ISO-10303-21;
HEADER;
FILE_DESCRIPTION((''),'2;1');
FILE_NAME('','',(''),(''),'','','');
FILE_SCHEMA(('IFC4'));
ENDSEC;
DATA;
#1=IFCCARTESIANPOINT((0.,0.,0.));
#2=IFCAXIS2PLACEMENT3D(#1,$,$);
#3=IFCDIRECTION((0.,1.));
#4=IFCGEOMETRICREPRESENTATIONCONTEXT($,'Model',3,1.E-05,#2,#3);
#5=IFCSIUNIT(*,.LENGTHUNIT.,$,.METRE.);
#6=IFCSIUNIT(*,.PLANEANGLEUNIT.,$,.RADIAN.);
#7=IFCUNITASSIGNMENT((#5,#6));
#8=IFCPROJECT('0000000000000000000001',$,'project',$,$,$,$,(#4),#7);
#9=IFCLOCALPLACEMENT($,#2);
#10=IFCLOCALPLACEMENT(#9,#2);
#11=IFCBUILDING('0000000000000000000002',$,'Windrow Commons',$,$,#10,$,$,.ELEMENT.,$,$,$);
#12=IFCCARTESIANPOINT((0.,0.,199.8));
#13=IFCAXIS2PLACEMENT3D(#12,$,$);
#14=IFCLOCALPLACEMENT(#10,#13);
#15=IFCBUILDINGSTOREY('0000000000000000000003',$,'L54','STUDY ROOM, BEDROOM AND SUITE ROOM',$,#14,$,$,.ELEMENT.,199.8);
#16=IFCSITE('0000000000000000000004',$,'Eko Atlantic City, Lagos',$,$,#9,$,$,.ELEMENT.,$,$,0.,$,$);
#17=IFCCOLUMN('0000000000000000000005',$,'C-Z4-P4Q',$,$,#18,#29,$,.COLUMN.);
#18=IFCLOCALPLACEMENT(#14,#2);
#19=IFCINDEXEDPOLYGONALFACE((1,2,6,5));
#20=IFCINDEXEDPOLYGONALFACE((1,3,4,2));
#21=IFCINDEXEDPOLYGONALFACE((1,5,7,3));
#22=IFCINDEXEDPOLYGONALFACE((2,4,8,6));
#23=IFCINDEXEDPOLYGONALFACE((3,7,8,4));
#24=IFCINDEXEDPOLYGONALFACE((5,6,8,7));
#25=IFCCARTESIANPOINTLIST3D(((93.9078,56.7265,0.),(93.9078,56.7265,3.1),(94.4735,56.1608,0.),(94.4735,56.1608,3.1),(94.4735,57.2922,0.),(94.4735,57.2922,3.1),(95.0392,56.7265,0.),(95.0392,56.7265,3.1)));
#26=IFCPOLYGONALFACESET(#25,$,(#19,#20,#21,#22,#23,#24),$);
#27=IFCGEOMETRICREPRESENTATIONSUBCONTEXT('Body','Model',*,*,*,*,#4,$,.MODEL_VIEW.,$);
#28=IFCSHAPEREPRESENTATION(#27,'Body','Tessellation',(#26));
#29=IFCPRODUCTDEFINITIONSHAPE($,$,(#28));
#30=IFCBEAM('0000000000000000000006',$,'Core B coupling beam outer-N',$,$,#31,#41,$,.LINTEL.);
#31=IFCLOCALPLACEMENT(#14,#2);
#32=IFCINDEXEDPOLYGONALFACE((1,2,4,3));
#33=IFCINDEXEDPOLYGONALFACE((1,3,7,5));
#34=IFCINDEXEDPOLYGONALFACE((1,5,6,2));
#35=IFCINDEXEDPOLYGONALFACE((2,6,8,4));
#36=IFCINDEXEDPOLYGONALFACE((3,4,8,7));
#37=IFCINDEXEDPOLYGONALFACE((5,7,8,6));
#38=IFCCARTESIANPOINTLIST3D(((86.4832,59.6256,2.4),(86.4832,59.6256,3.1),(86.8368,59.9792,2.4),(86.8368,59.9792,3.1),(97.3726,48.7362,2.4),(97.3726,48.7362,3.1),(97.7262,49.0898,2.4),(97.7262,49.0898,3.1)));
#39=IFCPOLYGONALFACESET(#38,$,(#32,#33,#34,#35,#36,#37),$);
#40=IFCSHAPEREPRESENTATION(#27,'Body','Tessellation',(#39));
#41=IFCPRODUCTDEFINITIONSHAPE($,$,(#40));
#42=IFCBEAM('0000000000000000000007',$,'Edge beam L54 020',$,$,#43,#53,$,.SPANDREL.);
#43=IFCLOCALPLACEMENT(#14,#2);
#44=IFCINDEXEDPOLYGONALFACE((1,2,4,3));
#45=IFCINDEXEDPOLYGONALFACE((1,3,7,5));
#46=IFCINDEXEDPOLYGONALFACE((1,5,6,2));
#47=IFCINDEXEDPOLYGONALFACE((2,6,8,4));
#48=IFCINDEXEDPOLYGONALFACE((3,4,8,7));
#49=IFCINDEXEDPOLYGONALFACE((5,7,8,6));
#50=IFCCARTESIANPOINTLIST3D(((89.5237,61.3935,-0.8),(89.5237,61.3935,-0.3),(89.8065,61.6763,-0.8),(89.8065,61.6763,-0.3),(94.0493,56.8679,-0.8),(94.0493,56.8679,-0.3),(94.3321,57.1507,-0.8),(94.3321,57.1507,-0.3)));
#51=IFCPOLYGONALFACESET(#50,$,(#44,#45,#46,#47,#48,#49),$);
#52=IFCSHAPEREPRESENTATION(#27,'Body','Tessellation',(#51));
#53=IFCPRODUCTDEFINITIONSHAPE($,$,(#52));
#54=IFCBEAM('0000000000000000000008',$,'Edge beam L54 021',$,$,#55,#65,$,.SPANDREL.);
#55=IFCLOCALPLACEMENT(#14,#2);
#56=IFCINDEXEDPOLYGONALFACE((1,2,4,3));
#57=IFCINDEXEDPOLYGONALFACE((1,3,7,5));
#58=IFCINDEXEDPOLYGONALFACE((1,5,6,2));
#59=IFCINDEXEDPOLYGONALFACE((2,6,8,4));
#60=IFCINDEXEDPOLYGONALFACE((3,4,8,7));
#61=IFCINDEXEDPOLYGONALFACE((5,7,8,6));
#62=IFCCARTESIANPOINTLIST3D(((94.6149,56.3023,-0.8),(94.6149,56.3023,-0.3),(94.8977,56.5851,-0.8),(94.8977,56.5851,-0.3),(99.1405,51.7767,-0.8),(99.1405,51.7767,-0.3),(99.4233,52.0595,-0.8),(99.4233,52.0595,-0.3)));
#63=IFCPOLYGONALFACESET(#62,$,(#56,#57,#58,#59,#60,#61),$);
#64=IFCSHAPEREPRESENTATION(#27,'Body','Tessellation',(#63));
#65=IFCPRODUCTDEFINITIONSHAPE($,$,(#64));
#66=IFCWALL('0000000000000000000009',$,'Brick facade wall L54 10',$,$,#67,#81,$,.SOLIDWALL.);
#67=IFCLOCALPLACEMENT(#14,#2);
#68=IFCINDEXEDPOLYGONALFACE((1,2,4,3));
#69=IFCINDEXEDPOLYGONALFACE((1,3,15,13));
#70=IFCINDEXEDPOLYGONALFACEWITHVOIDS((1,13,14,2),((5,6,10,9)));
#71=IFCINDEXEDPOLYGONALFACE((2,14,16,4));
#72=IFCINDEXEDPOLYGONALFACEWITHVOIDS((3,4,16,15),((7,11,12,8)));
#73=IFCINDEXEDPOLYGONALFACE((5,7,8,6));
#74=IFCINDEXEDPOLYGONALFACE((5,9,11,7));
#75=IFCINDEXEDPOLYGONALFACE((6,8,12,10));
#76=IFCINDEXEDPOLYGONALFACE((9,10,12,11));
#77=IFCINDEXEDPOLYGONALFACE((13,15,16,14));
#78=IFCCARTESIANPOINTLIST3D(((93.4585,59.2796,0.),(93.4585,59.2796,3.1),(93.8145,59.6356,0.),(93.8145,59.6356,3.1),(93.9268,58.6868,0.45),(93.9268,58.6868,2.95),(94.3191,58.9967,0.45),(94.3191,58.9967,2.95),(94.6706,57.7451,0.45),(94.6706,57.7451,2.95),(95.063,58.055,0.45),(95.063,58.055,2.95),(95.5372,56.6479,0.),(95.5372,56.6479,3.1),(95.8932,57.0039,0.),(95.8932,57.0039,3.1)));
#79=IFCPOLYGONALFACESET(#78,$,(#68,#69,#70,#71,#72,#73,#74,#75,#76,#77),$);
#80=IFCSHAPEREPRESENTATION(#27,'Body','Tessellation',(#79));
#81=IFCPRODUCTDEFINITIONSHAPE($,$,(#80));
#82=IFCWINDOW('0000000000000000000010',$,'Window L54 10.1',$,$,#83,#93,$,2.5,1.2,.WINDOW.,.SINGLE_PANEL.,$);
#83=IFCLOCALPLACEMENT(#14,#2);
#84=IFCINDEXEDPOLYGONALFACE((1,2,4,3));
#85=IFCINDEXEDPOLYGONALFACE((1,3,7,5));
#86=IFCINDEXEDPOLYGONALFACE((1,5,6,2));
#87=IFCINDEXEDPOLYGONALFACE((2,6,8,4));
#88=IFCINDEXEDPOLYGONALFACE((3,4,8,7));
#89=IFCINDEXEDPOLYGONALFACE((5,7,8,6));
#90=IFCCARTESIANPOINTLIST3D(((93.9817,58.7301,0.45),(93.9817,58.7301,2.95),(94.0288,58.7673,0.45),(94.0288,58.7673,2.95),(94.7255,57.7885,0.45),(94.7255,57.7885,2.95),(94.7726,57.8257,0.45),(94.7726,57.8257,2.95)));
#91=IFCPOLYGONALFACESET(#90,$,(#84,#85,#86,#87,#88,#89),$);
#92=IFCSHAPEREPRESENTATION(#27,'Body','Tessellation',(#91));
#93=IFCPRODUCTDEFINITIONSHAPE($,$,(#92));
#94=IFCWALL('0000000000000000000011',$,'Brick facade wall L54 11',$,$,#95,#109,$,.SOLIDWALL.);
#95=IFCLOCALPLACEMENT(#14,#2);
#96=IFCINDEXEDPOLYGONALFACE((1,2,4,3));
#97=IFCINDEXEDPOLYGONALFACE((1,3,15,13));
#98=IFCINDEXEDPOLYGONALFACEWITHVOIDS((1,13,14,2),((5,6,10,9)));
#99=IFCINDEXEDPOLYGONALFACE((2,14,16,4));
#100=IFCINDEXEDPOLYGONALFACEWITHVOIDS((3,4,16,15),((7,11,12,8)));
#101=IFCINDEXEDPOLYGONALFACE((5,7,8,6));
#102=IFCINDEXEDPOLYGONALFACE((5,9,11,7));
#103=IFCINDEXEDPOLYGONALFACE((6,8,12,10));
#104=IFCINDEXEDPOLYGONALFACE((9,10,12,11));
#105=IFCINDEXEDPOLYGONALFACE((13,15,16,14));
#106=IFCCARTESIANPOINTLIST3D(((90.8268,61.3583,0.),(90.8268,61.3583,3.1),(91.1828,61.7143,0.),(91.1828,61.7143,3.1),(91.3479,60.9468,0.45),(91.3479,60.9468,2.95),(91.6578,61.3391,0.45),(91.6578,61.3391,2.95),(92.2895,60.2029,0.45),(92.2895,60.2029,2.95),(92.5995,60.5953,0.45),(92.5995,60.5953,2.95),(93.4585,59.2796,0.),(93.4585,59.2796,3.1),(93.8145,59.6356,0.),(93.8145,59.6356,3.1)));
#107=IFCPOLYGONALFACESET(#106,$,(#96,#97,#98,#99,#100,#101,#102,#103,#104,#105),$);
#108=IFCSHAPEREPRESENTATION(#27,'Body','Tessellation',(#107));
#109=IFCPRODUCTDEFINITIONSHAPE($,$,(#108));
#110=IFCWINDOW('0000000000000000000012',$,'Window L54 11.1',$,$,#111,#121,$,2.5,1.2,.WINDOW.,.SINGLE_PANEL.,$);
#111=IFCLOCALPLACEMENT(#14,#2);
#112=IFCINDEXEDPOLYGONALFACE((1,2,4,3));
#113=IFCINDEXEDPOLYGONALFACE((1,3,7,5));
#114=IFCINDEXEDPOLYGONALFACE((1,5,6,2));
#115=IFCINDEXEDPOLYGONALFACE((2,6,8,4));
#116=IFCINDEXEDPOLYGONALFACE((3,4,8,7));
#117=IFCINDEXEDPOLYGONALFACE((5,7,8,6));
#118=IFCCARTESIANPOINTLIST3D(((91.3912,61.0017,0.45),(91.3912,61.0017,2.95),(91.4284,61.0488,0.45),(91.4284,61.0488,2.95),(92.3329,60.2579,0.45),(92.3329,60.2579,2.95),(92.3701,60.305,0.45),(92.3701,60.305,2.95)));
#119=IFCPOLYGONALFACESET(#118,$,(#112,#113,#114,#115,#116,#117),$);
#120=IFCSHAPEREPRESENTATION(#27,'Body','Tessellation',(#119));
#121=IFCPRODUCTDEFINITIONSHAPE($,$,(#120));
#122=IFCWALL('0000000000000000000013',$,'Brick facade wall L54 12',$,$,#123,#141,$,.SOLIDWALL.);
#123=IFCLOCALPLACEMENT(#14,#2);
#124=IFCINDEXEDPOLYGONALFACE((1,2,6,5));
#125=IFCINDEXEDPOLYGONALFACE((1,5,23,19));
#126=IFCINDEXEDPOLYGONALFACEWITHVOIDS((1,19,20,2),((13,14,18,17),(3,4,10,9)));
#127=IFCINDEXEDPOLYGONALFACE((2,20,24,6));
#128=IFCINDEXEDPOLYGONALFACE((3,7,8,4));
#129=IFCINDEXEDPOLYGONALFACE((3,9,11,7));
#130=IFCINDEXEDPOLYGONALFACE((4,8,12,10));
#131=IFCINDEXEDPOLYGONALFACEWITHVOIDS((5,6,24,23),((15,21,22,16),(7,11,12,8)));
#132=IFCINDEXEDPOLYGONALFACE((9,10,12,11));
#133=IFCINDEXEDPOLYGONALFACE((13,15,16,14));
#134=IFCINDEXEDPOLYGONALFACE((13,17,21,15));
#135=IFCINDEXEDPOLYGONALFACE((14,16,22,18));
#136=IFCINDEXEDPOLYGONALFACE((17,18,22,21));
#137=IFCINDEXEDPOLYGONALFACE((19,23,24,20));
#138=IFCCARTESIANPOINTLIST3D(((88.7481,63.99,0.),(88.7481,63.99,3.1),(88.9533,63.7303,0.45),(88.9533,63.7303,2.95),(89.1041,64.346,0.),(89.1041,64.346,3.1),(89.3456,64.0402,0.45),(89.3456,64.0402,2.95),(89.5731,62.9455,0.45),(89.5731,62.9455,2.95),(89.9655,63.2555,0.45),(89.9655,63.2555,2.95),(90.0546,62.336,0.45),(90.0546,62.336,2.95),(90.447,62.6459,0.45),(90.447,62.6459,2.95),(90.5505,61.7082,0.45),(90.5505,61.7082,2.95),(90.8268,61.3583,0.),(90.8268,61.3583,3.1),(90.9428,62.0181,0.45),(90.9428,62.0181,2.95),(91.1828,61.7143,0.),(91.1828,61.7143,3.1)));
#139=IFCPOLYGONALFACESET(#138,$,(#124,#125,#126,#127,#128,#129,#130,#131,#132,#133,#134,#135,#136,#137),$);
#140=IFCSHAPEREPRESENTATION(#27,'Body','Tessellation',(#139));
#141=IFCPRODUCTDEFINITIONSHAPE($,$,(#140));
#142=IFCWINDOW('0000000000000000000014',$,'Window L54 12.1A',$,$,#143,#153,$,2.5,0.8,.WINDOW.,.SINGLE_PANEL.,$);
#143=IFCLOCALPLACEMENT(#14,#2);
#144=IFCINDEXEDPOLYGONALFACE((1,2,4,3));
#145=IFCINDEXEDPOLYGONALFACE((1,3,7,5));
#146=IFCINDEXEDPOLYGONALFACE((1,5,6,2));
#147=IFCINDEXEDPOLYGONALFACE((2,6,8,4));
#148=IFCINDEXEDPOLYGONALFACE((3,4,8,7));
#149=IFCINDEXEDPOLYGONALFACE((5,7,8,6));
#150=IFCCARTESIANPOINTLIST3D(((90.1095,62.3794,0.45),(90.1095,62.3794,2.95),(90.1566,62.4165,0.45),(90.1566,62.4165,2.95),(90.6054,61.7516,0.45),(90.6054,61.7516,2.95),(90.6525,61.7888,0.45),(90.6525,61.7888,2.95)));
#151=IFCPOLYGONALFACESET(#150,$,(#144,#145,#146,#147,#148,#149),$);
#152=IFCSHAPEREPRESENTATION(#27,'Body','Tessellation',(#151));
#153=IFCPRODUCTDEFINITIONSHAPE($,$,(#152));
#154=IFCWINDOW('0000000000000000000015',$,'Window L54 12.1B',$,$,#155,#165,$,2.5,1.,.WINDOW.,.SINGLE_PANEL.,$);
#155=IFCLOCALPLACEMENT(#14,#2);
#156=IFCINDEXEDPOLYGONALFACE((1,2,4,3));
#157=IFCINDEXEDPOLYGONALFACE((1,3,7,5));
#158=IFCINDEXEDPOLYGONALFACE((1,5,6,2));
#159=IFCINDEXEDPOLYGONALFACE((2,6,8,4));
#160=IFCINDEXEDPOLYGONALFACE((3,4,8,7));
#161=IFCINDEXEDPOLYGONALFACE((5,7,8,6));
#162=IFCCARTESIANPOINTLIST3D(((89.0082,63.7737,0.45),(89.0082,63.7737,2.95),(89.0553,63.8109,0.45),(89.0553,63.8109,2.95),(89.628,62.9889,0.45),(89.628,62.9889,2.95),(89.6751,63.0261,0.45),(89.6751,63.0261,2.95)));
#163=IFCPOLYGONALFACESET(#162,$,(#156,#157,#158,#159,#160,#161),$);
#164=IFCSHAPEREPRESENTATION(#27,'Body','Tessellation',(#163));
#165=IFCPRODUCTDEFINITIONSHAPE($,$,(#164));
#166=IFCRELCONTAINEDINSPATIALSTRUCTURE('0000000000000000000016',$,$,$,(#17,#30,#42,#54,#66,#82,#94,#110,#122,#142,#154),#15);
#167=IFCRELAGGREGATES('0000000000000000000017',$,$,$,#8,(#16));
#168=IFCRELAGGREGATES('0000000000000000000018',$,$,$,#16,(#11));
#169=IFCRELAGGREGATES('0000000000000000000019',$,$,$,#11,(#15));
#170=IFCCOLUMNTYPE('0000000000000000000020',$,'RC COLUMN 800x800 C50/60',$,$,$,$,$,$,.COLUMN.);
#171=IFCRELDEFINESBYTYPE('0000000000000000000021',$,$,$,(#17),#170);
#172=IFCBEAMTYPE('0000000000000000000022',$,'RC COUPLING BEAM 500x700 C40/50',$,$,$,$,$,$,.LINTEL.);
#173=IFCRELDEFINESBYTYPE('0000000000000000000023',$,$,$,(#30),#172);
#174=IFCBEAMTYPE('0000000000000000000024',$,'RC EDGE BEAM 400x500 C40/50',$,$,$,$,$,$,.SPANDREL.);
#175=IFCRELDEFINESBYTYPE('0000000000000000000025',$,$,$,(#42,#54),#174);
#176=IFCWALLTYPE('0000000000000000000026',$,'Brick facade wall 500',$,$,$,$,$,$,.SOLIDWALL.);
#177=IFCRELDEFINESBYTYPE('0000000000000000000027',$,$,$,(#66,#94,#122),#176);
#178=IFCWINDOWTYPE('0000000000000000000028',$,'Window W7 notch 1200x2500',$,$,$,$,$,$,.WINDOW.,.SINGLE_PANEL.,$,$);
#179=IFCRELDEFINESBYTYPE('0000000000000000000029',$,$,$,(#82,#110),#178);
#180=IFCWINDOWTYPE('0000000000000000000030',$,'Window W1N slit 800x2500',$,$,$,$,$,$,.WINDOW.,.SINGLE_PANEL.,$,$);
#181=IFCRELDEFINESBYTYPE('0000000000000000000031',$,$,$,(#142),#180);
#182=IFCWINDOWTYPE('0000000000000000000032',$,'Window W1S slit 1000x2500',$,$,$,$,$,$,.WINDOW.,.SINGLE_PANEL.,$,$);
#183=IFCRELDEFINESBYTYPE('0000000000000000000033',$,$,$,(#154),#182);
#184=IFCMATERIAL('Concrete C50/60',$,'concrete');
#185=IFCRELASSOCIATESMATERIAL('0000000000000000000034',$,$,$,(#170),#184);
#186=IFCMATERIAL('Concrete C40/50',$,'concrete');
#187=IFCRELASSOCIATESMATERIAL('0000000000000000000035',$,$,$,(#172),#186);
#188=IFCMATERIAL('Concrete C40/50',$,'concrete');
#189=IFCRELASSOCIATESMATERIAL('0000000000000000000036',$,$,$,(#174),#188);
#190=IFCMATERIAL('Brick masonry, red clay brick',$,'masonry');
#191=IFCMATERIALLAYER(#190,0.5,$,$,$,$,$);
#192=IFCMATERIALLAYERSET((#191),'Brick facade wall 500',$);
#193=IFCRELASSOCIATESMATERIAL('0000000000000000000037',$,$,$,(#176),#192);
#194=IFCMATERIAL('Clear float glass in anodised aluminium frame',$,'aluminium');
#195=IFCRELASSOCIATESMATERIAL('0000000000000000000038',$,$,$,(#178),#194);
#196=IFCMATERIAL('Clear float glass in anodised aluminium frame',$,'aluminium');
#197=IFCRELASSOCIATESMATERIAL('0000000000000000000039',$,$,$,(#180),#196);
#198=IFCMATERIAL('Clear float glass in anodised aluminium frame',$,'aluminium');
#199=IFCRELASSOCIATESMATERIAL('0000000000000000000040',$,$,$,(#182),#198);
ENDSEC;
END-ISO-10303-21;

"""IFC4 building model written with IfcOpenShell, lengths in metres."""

from ifc_helpers import new_model, si_unit, direction, frame, frame_2d, origin, origin_2d, place, context, subcontext, project, spatial, polyline, rectangle, outline, extrude, material, layer, layer_set, material_profile, profile_set, type_object, element, fill, save


model = new_model("IFC4")

# Units and contexts
model_context = context("Model", 3, precision=1e-05, world=origin(), true_north=direction((0.0, 1.0)))
body_context = subcontext(model_context, "Body", "Model", "MODEL_VIEW")
ifc_project = project(units=[si_unit("LENGTHUNIT", "METRE"), si_unit("PLANEANGLEUNIT", "RADIAN")], contexts=[model_context])

# Site, building, storey
site_placement = place(None, origin())
site = spatial("IfcSite", under=ifc_project, at=site_placement, Name="Eko Atlantic City, Lagos", CompositionType="ELEMENT", RefElevation=0.0)
building_placement = place(site_placement, origin())
building = spatial("IfcBuilding", under=site, at=building_placement, Name="Windrow Commons", CompositionType="ELEMENT")
storey_placement = place(building_placement, frame((0.0, 0.0, 199.8)))
storey = spatial("IfcBuildingStorey", under=building, at=storey_placement, Name="L54", Description="STUDY ROOM, BEDROOM AND SUITE ROOM", CompositionType="ELEMENT", Elevation=199.8)

# Column
ifc_material_1 = material(Name="Concrete C50/60", Category="concrete")
ifc_material_profile_1 = material_profile(ifc_material_1, rectangle(XDim=0.8, YDim=0.8, at=origin_2d()))
ifc_profile_set_1 = profile_set([ifc_material_profile_1], Name="Concrete C50/60")
column_type = type_object("IfcColumnType", Name="RC COLUMN 800x800 C50/60", PredefinedType="COLUMN", material=ifc_profile_set_1)
column_placement = place(storey_placement, frame((94.4735, 56.7265, 0.0), z_axis=(0.0, 0.0, 1.0), x_axis=(0.707107, -0.707107, 0.0)))
element("IfcColumn", 1, at=column_placement, inside=storey, type_object=column_type, Name="C-Z4-P4Q", PredefinedType="COLUMN", context=body_context, shape_type="SweptSolid", body=[
    extrude(rectangle(XDim=0.8, YDim=0.8, at=origin_2d()), origin(), (0.0, 0.0, 1.0), 3.1),
])

# Beams
ifc_material_2 = material(Name="Concrete C40/50", Category="concrete")
ifc_material_profile_2 = material_profile(ifc_material_2, rectangle(XDim=0.5, YDim=0.7, at=origin_2d()))
ifc_profile_set_2 = profile_set([ifc_material_profile_2], Name="Concrete C40/50")
beam_type_1 = type_object("IfcBeamType", Name="RC COUPLING BEAM 500x700 C40/50", PredefinedType="LINTEL", material=ifc_profile_set_2)
beam_placement = place(storey_placement, frame((86.66, 59.8024, 2.75), z_axis=(0.707107, -0.707107, 0.0), x_axis=(0.707107, 0.707107, 0.0)))
element("IfcBeam", 2, at=beam_placement, inside=storey, type_object=beam_type_1, Name="Core B coupling beam outer-N", PredefinedType="LINTEL", context=body_context, shape_type="SweptSolid", body=[
    extrude(rectangle(XDim=0.5, YDim=0.7, at=origin_2d()), origin(), (0.0, 0.0, 1.0), 15.3999),
])
ifc_material_3 = material(Name="Concrete C40/50", Category="concrete")
ifc_material_profile_3 = material_profile(ifc_material_3, rectangle(XDim=0.4, YDim=0.5, at=origin_2d()))
ifc_profile_set_3 = profile_set([ifc_material_profile_3], Name="Concrete C40/50")
beam_type_2 = type_object("IfcBeamType", Name="RC EDGE BEAM 400x500 C40/50", PredefinedType="SPANDREL", material=ifc_profile_set_3)
for number, where, z_axis, x_axis, name in (
    (3, (89.6651, 61.5349, -0.55), (0.707107, -0.707107, 0.0), (0.707107, 0.707107, 0.0), "Edge beam L54 020"),
    (4, (94.7563, 56.4437, -0.55), (0.707107, -0.707107, 0.0), (0.707107, 0.707107, 0.0), "Edge beam L54 021"),
):
    element("IfcBeam", number, at=place(storey_placement, frame(where, z_axis=z_axis, x_axis=x_axis)), inside=storey, type_object=beam_type_2, Name=name, PredefinedType="SPANDREL", context=body_context, shape_type="SweptSolid", body=[
        extrude(rectangle(XDim=0.4, YDim=0.5, at=origin_2d()), origin(), (0.0, 0.0, 1.0), 6.4002),
    ])

# Walls, openings, windows
ifc_material_4 = material(Name="Brick masonry, red clay brick", Category="masonry")
ifc_layer_1 = layer(ifc_material_4, 0.5)
ifc_layer_set_1 = layer_set([ifc_layer_1], Name="Brick facade wall 500")
wall_type_1 = type_object("IfcWallType", Name="Brick facade wall 500", PredefinedType="SOLIDWALL", material=ifc_layer_set_1)
wall_1_placement = place(storey_placement, frame((95.7152, 56.8259, 0.0), z_axis=(0.0, 0.0, 1.0), x_axis=(-0.619836, 0.784732, 0.0)))
wall_1 = element("IfcWall", 5, at=wall_1_placement, inside=storey, type_object=wall_type_1, Name="Brick facade wall L54 10", PredefinedType="SOLIDWALL", context=body_context, shape_type="SweptSolid", body=[
    extrude(outline(polyline([(0.0293, -0.25), (3.383, -0.25), (3.3243, 0.25), (-0.0293, 0.25), (0.0293, -0.25)])), origin(), (0.0, 0.0, 1.0), 3.1),
])
opening_1_placement = place(wall_1_placement, frame((1.3688, 0.0, 0.45)))
opening_1 = element("IfcOpeningElement", 6, at=opening_1_placement, cuts=wall_1, PredefinedType="OPENING", context=body_context, shape_type="SweptSolid", body=[
    extrude(rectangle(XDim=1.2, YDim=2.5, at=frame_2d((0.6, 1.25))), frame((0.0, 0.26, 0.0), z_axis=(0.0, -1.0, 0.0), x_axis=(1.0, 0.0, 0.0)), (0.0, 0.0, 1.0), 0.52),
])
ifc_material_5 = material(Name="Clear float glass in anodised aluminium frame", Category="aluminium")
window_type_1 = type_object("IfcWindowType", Name="Window W7 notch 1200x2500", PartitioningType="SINGLE_PANEL", PredefinedType="WINDOW", material=ifc_material_5)
window_1_placement = place(opening_1_placement, origin())
window_1 = element("IfcWindow", 7, at=window_1_placement, inside=storey, type_object=window_type_1, Name="Window L54 10.1", OverallHeight=2.5, OverallWidth=1.2, PartitioningType="SINGLE_PANEL", PredefinedType="WINDOW", context=body_context, shape_type="SweptSolid", body=[
    extrude(rectangle(XDim=1.2, YDim=2.5, at=frame_2d((0.6, 1.25))), frame((0.0, 0.18, 0.0), z_axis=(0.0, -1.0, 0.0), x_axis=(1.0, 0.0, 0.0)), (0.0, 0.0, 1.0), 0.06),
])
fill(opening_1, window_1)
wall_2_placement = place(storey_placement, frame((93.6365, 59.4576, 0.0), z_axis=(0.0, 0.0, 1.0), x_axis=(-0.784732, 0.619836, 0.0)))
wall_2 = element("IfcWall", 8, at=wall_2_placement, inside=storey, type_object=wall_type_1, Name="Brick facade wall L54 11", PredefinedType="SOLIDWALL", context=body_context, shape_type="SweptSolid", body=[
    extrude(outline(polyline([(-0.0293, -0.25), (3.3243, -0.25), (3.383, 0.25), (0.0293, 0.25), (-0.0293, -0.25)])), origin(), (0.0, 0.0, 1.0), 3.1),
])
opening_2_placement = place(wall_2_placement, frame((1.519, 0.0, 0.45)))
opening_2 = element("IfcOpeningElement", 9, at=opening_2_placement, cuts=wall_2, PredefinedType="OPENING", context=body_context, shape_type="SweptSolid", body=[
    extrude(rectangle(XDim=1.2, YDim=2.5, at=frame_2d((0.6, 1.25))), frame((0.0, 0.26, 0.0), z_axis=(0.0, -1.0, 0.0), x_axis=(1.0, 0.0, 0.0)), (0.0, 0.0, 1.0), 0.52),
])
window_2_placement = place(opening_2_placement, origin())
window_2 = element("IfcWindow", 10, at=window_2_placement, inside=storey, type_object=window_type_1, Name="Window L54 11.1", OverallHeight=2.5, OverallWidth=1.2, PartitioningType="SINGLE_PANEL", PredefinedType="WINDOW", context=body_context, shape_type="SweptSolid", body=[
    extrude(rectangle(XDim=1.2, YDim=2.5, at=frame_2d((0.6, 1.25))), frame((0.0, 0.18, 0.0), z_axis=(0.0, -1.0, 0.0), x_axis=(1.0, 0.0, 0.0)), (0.0, 0.0, 1.0), 0.06),
])
fill(opening_2, window_2)

# Wall, openings, windows
wall_3_placement = place(storey_placement, frame((91.0048, 61.5363, 0.0), z_axis=(0.0, 0.0, 1.0), x_axis=(-0.619836, 0.784732, 0.0)))
wall_3 = element("IfcWall", 11, at=wall_3_placement, inside=storey, type_object=wall_type_1, Name="Brick facade wall L54 12", PredefinedType="SOLIDWALL", context=body_context, shape_type="SweptSolid", body=[
    extrude(outline(polyline([(0.0293, -0.25), (3.383, -0.25), (3.3243, 0.25), (-0.0293, 0.25), (0.0293, -0.25)])), origin(), (0.0, 0.0, 1.0), 3.1),
])
opening_3_placement = place(wall_3_placement, frame((0.4165, 0.0, 0.45)))
opening_3 = element("IfcOpeningElement", 12, at=opening_3_placement, cuts=wall_3, PredefinedType="OPENING", context=body_context, shape_type="SweptSolid", body=[
    extrude(rectangle(XDim=0.8, YDim=2.5, at=frame_2d((0.4, 1.25))), frame((0.0, 0.26, 0.0), z_axis=(0.0, -1.0, 0.0), x_axis=(1.0, 0.0, 0.0)), (0.0, 0.0, 1.0), 0.52),
])
opening_4_placement = place(wall_3_placement, frame((1.9933, 0.0, 0.45)))
opening_4 = element("IfcOpeningElement", 13, at=opening_4_placement, cuts=wall_3, PredefinedType="OPENING", context=body_context, shape_type="SweptSolid", body=[
    extrude(rectangle(XDim=1.0, YDim=2.5, at=frame_2d((0.5, 1.25))), frame((0.0, 0.26, 0.0), z_axis=(0.0, -1.0, 0.0), x_axis=(1.0, 0.0, 0.0)), (0.0, 0.0, 1.0), 0.52),
])
ifc_material_6 = material(Name="Clear float glass in anodised aluminium frame", Category="aluminium")
window_type_2 = type_object("IfcWindowType", Name="Window W1N slit 800x2500", PartitioningType="SINGLE_PANEL", PredefinedType="WINDOW", material=ifc_material_6)
window_3_placement = place(opening_3_placement, origin())
window_3 = element("IfcWindow", 14, at=window_3_placement, inside=storey, type_object=window_type_2, Name="Window L54 12.1A", OverallHeight=2.5, OverallWidth=0.8, PartitioningType="SINGLE_PANEL", PredefinedType="WINDOW", context=body_context, shape_type="SweptSolid", body=[
    extrude(rectangle(XDim=0.8, YDim=2.5, at=frame_2d((0.4, 1.25))), frame((0.0, 0.18, 0.0), z_axis=(0.0, -1.0, 0.0), x_axis=(1.0, 0.0, 0.0)), (0.0, 0.0, 1.0), 0.06),
])
fill(opening_3, window_3)
ifc_material_7 = material(Name="Clear float glass in anodised aluminium frame", Category="aluminium")
window_type_3 = type_object("IfcWindowType", Name="Window W1S slit 1000x2500", PartitioningType="SINGLE_PANEL", PredefinedType="WINDOW", material=ifc_material_7)
window_4_placement = place(opening_4_placement, origin())
window_4 = element("IfcWindow", 15, at=window_4_placement, inside=storey, type_object=window_type_3, Name="Window L54 12.1B", OverallHeight=2.5, OverallWidth=1.0, PartitioningType="SINGLE_PANEL", PredefinedType="WINDOW", context=body_context, shape_type="SweptSolid", body=[
    extrude(rectangle(XDim=1.0, YDim=2.5, at=frame_2d((0.5, 1.25))), frame((0.0, 0.18, 0.0), z_axis=(0.0, -1.0, 0.0), x_axis=(1.0, 0.0, 0.0)), (0.0, 0.0, 1.0), 0.06),
])
fill(opening_4, window_4)

save(model, "model.ifc")
